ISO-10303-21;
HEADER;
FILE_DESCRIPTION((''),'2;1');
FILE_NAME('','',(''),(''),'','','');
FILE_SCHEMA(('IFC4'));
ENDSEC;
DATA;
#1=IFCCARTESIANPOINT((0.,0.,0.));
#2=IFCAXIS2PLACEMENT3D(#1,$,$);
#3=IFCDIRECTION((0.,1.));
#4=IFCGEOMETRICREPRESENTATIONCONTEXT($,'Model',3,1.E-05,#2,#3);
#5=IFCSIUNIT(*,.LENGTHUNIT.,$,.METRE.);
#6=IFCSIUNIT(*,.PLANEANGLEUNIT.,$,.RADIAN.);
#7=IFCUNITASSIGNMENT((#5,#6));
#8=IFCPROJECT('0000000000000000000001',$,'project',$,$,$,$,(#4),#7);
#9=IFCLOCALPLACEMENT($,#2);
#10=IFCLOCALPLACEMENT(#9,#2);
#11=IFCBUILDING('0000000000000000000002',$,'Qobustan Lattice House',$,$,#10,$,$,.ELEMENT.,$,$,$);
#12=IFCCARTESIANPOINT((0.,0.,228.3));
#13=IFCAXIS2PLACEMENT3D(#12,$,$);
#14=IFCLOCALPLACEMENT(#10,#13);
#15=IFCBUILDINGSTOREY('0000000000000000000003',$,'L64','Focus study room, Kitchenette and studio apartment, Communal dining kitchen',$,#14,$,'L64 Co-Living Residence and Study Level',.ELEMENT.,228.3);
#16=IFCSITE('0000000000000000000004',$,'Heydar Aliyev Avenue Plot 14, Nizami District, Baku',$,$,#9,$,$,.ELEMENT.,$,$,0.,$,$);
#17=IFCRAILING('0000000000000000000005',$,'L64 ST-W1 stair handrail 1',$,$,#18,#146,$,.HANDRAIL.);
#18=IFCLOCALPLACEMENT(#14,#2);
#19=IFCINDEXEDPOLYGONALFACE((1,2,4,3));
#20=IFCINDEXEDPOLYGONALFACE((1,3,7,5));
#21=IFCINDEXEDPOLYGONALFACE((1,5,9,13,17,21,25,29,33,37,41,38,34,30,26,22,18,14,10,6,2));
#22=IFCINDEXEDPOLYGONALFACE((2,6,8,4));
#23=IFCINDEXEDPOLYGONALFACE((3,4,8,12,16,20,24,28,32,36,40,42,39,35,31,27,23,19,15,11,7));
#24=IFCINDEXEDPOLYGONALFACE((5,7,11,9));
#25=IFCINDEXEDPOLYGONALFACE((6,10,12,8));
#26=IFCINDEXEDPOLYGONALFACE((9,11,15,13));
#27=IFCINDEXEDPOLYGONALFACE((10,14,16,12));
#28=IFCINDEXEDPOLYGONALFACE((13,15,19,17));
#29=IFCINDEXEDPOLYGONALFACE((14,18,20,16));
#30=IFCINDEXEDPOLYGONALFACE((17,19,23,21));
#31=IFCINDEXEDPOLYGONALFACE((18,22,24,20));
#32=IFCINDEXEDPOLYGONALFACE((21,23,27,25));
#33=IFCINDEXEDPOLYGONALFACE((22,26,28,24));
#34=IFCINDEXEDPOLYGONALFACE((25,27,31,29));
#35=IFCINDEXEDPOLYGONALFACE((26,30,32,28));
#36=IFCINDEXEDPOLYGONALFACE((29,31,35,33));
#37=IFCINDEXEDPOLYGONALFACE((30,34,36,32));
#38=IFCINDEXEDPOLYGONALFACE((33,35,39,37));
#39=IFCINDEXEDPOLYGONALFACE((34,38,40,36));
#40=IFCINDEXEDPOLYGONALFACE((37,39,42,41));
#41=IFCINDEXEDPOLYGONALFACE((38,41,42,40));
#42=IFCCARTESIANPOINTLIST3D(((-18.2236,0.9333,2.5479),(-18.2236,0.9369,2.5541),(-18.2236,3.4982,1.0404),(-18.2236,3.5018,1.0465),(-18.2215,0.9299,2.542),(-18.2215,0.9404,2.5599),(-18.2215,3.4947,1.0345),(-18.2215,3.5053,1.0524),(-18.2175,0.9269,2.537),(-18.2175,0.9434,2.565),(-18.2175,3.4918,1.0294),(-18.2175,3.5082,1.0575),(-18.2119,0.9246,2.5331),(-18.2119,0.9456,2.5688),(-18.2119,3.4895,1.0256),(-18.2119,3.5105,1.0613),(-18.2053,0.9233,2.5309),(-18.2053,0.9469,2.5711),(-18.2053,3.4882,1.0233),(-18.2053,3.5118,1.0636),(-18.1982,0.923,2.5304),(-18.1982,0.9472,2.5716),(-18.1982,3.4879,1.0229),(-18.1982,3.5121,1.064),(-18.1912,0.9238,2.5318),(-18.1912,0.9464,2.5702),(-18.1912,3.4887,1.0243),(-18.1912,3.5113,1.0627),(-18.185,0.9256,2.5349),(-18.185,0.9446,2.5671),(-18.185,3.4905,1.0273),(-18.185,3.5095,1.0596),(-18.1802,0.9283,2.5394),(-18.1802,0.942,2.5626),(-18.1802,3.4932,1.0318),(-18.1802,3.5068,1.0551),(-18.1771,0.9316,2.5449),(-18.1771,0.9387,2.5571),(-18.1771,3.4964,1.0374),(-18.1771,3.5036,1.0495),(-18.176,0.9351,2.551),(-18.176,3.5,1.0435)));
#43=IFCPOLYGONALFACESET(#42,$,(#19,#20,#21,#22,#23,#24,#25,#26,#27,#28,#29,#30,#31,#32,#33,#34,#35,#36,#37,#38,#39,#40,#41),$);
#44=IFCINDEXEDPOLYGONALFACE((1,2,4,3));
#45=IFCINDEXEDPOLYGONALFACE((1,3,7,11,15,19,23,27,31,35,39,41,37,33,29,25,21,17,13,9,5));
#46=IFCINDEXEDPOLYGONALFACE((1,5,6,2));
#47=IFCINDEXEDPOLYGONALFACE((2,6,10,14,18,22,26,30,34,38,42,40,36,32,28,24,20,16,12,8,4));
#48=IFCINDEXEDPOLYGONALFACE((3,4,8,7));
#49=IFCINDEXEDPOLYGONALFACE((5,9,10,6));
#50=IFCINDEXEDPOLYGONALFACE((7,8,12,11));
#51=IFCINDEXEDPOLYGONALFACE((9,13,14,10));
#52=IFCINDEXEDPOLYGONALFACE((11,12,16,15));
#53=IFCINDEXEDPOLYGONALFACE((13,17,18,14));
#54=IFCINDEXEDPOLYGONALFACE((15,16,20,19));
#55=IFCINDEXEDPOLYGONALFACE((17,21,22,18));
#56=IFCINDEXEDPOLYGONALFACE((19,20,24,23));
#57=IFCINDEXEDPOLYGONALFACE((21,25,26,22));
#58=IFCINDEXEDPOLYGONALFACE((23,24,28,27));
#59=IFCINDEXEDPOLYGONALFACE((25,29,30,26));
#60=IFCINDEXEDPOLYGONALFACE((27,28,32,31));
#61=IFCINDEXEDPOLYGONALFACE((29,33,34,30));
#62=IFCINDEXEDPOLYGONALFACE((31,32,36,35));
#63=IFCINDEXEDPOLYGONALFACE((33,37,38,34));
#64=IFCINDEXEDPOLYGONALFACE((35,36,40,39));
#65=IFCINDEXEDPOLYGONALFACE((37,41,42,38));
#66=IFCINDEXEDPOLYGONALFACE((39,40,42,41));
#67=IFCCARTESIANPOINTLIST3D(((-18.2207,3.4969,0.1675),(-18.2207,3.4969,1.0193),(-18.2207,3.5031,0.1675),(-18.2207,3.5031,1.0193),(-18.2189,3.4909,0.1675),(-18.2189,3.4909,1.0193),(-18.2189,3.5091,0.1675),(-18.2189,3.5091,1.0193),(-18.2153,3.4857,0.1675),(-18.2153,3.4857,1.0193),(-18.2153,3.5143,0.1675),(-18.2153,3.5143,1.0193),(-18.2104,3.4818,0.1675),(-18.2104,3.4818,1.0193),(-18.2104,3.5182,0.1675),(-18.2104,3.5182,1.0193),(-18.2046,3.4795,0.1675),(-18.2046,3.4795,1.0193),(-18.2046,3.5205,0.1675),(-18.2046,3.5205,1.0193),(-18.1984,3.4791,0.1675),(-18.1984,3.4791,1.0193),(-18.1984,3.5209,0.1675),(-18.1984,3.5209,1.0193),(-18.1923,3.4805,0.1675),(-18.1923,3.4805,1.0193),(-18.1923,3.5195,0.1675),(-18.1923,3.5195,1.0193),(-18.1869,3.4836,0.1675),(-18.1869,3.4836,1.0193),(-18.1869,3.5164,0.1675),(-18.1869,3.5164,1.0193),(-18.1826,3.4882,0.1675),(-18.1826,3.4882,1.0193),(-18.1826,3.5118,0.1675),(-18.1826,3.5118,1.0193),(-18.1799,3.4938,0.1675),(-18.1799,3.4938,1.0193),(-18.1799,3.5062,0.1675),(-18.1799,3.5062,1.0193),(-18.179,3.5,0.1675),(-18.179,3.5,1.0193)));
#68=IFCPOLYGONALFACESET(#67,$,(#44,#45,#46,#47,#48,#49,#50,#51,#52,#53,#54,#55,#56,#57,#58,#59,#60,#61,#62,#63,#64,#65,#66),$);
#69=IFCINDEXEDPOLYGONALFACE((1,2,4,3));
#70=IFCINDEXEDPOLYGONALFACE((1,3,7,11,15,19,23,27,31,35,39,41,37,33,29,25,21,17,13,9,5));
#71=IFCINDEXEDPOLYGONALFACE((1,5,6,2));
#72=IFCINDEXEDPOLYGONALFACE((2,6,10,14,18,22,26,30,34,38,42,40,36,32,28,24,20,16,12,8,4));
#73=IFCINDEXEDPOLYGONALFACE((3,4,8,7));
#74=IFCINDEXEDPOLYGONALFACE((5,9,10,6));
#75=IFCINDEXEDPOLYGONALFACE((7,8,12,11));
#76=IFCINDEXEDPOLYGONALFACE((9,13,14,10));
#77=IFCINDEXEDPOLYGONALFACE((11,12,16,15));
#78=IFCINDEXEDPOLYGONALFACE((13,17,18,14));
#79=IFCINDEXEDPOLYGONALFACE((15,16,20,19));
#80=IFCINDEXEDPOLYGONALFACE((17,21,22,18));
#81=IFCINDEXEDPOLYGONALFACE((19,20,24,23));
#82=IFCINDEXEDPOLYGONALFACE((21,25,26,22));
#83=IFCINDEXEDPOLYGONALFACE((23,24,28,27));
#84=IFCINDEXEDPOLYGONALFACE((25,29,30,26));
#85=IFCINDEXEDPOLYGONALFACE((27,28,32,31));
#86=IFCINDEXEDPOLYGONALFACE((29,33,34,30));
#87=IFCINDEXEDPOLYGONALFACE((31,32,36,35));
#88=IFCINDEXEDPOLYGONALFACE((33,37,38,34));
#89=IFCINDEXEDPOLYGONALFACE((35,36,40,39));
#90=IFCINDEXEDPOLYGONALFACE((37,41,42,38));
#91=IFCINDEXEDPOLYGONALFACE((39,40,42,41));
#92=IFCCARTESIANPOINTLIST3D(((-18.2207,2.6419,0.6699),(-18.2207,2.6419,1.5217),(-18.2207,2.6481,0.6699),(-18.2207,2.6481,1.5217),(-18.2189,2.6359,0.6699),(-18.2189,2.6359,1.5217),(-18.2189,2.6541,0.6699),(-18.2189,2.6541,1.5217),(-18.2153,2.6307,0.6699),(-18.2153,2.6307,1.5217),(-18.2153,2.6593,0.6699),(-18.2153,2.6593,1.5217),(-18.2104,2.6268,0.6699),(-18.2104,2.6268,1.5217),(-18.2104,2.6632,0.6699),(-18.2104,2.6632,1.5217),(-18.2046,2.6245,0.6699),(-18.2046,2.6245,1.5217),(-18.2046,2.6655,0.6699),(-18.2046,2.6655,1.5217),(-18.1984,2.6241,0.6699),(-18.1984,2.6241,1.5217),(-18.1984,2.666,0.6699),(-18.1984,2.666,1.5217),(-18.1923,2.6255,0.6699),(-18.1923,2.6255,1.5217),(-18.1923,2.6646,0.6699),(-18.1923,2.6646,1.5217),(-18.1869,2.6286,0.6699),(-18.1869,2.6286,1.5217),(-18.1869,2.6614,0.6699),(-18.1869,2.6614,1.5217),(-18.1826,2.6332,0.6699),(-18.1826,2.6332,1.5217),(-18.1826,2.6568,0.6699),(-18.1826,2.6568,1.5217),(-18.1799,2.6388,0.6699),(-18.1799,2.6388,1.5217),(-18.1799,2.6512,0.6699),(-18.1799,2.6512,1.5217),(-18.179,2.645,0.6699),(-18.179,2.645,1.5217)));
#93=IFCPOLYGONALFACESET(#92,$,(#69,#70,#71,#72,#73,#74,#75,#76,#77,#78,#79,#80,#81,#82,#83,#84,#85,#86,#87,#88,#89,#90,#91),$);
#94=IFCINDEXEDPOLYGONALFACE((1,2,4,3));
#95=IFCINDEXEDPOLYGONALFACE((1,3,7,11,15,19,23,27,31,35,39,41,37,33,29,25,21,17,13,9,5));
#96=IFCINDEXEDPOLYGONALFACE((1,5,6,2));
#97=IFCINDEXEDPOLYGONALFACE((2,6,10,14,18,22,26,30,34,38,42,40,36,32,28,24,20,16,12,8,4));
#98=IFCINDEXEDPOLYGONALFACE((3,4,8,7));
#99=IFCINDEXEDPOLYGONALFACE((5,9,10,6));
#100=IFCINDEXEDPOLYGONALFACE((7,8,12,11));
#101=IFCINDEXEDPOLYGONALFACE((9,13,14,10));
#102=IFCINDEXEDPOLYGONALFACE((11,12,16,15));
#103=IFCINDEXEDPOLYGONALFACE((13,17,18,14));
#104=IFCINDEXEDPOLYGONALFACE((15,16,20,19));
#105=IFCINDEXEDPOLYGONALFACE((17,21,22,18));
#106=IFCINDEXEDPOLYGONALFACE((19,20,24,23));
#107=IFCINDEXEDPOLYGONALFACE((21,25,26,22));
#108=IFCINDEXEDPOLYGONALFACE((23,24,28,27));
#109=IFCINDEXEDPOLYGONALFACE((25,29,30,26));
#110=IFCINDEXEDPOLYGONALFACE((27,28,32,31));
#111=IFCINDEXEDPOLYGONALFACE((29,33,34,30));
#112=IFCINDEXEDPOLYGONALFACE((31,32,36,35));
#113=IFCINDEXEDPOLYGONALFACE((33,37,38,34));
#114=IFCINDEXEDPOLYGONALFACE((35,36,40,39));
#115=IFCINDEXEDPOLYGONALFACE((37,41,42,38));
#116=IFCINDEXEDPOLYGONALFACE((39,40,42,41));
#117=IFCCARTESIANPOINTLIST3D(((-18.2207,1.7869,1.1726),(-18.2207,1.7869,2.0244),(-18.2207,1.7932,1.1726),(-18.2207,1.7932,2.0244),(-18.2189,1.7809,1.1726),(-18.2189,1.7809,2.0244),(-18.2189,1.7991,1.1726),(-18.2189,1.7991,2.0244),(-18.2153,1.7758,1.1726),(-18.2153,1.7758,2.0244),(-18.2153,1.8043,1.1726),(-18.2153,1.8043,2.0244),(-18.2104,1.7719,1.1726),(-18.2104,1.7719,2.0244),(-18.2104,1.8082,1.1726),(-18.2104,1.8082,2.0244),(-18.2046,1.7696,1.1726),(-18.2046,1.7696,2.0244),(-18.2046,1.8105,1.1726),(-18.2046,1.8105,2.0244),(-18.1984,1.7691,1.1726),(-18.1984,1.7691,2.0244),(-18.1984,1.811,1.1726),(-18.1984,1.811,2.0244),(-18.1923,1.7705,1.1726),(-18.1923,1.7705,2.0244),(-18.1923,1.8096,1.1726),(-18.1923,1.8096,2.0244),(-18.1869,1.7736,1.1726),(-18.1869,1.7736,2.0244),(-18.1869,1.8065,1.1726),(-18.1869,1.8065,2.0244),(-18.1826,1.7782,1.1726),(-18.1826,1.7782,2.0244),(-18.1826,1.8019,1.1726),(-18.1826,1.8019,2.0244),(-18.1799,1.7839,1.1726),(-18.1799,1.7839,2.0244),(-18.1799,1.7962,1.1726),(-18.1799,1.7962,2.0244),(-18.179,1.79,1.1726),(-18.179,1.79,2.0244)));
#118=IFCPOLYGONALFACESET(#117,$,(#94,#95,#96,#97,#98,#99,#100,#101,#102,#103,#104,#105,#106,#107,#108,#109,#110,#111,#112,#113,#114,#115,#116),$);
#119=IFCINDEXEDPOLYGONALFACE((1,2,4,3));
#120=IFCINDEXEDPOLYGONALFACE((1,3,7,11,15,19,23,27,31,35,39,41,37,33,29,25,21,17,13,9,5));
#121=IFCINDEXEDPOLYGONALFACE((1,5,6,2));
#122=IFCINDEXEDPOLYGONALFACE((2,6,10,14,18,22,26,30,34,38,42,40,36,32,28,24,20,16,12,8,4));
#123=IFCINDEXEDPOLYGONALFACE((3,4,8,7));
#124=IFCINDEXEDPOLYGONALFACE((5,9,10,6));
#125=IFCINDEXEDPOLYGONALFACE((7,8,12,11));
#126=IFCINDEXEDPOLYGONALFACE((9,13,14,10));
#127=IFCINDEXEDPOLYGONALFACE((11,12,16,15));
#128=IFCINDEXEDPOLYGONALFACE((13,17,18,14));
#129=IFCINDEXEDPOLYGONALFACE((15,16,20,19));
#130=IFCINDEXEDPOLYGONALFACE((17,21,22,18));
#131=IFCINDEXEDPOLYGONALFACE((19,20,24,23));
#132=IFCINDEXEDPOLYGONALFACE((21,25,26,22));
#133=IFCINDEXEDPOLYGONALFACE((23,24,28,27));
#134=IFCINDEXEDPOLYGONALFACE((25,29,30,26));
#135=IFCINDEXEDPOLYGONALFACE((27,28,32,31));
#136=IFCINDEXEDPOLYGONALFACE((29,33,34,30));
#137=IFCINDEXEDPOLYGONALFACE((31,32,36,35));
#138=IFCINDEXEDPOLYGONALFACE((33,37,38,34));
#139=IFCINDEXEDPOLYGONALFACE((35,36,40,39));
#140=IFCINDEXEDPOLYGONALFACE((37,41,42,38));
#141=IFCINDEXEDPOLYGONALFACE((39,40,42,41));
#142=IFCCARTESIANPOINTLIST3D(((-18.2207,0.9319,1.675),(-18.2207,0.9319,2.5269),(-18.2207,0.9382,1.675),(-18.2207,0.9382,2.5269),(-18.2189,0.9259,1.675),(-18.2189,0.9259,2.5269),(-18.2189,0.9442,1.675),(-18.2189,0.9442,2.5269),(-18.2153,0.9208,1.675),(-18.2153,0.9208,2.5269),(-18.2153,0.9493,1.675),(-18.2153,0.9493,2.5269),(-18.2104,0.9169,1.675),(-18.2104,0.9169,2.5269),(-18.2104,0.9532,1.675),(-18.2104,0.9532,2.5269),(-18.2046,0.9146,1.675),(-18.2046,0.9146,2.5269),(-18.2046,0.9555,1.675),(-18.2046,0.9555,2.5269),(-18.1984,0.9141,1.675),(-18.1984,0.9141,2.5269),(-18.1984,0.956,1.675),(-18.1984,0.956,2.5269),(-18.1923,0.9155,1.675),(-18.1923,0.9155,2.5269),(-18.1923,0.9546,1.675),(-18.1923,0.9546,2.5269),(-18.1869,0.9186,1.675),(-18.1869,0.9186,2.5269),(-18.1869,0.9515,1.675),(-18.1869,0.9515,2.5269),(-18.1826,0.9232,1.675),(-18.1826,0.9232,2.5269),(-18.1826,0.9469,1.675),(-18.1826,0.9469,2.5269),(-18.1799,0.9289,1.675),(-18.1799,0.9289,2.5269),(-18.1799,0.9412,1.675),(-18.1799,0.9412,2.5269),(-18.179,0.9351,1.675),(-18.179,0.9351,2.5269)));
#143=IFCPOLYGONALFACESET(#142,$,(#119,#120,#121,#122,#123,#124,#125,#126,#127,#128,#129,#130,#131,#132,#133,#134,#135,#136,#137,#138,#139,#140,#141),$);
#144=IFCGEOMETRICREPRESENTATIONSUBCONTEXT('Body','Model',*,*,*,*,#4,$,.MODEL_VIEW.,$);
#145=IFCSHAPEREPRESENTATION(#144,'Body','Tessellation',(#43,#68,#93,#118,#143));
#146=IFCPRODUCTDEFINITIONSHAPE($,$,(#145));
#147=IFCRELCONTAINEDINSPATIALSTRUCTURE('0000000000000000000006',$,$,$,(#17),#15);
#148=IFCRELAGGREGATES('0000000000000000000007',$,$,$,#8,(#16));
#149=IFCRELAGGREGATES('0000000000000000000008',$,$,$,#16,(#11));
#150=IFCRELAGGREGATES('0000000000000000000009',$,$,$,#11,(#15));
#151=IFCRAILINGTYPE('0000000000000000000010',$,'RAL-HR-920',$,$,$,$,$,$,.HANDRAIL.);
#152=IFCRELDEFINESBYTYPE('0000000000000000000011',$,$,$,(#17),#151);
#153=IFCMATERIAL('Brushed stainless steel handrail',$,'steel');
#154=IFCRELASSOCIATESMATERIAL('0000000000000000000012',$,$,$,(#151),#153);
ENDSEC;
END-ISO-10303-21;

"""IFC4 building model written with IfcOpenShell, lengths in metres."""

from ifc_helpers import new_model, si_unit, direction, frame, origin, origin_2d, place, context, subcontext, project, spatial, circle, extrude, material, type_object, element, save


model = new_model("IFC4")

# Units and contexts
model_context = context("Model", 3, precision=1e-05, world=origin(), true_north=direction((0.0, 1.0)))
body_context = subcontext(model_context, "Body", "Model", "MODEL_VIEW")
ifc_project = project(units=[si_unit("LENGTHUNIT", "METRE"), si_unit("PLANEANGLEUNIT", "RADIAN")], contexts=[model_context])

# Site, building, storey
site_placement = place(None, origin())
site = spatial("IfcSite", under=ifc_project, at=site_placement, Name="Heydar Aliyev Avenue Plot 14, Nizami District, Baku", CompositionType="ELEMENT", RefElevation=0.0)
building_placement = place(site_placement, origin())
building = spatial("IfcBuilding", under=site, at=building_placement, Name="Qobustan Lattice House", CompositionType="ELEMENT")
storey_placement = place(building_placement, frame((0.0, 0.0, 228.3)))
storey = spatial("IfcBuildingStorey", under=building, at=storey_placement, Name="L64", Description="Focus study room, Kitchenette and studio apartment, Communal dining kitchen", LongName="L64 Co-Living Residence and Study Level", CompositionType="ELEMENT", Elevation=228.3)

# Railing
ifc_material_1 = material(Name="Brushed stainless steel handrail", Category="steel")
railing_type = type_object("IfcRailingType", Name="RAL-HR-920", PredefinedType="HANDRAIL", material=ifc_material_1)
railing_placement = place(storey_placement, frame((-18.2, 3.5, 0.1675)))
element("IfcRailing", 1, at=railing_placement, inside=storey, type_object=railing_type, Name="L64 ST-W1 stair handrail 1", PredefinedType="HANDRAIL", context=body_context, shape_type="SweptSolid", body=[
    extrude(circle(Radius=0.0239, at=origin_2d()), frame((0.0, 0.0, 0.876), z_axis=(0.0, -0.862113, 0.506715), x_axis=(1.0, 0.0, 0.0)), (0.0, 0.0, 1.0), 2.9751),
    extrude(circle(Radius=0.021, at=origin_2d()), origin(), (0.0, 0.0, 1.0), 0.8518),
    extrude(circle(Radius=0.021, at=origin_2d()), frame((0.0, -0.855, 0.5024)), (0.0, 0.0, 1.0), 0.8518),
    extrude(circle(Radius=0.021, at=origin_2d()), frame((0.0, -1.71, 1.0051)), (0.0, 0.0, 1.0), 0.8518),
    extrude(circle(Radius=0.021, at=origin_2d()), frame((0.0, -2.5649, 1.5076)), (0.0, 0.0, 1.0), 0.8518),
])

save(model, "model.ifc")
